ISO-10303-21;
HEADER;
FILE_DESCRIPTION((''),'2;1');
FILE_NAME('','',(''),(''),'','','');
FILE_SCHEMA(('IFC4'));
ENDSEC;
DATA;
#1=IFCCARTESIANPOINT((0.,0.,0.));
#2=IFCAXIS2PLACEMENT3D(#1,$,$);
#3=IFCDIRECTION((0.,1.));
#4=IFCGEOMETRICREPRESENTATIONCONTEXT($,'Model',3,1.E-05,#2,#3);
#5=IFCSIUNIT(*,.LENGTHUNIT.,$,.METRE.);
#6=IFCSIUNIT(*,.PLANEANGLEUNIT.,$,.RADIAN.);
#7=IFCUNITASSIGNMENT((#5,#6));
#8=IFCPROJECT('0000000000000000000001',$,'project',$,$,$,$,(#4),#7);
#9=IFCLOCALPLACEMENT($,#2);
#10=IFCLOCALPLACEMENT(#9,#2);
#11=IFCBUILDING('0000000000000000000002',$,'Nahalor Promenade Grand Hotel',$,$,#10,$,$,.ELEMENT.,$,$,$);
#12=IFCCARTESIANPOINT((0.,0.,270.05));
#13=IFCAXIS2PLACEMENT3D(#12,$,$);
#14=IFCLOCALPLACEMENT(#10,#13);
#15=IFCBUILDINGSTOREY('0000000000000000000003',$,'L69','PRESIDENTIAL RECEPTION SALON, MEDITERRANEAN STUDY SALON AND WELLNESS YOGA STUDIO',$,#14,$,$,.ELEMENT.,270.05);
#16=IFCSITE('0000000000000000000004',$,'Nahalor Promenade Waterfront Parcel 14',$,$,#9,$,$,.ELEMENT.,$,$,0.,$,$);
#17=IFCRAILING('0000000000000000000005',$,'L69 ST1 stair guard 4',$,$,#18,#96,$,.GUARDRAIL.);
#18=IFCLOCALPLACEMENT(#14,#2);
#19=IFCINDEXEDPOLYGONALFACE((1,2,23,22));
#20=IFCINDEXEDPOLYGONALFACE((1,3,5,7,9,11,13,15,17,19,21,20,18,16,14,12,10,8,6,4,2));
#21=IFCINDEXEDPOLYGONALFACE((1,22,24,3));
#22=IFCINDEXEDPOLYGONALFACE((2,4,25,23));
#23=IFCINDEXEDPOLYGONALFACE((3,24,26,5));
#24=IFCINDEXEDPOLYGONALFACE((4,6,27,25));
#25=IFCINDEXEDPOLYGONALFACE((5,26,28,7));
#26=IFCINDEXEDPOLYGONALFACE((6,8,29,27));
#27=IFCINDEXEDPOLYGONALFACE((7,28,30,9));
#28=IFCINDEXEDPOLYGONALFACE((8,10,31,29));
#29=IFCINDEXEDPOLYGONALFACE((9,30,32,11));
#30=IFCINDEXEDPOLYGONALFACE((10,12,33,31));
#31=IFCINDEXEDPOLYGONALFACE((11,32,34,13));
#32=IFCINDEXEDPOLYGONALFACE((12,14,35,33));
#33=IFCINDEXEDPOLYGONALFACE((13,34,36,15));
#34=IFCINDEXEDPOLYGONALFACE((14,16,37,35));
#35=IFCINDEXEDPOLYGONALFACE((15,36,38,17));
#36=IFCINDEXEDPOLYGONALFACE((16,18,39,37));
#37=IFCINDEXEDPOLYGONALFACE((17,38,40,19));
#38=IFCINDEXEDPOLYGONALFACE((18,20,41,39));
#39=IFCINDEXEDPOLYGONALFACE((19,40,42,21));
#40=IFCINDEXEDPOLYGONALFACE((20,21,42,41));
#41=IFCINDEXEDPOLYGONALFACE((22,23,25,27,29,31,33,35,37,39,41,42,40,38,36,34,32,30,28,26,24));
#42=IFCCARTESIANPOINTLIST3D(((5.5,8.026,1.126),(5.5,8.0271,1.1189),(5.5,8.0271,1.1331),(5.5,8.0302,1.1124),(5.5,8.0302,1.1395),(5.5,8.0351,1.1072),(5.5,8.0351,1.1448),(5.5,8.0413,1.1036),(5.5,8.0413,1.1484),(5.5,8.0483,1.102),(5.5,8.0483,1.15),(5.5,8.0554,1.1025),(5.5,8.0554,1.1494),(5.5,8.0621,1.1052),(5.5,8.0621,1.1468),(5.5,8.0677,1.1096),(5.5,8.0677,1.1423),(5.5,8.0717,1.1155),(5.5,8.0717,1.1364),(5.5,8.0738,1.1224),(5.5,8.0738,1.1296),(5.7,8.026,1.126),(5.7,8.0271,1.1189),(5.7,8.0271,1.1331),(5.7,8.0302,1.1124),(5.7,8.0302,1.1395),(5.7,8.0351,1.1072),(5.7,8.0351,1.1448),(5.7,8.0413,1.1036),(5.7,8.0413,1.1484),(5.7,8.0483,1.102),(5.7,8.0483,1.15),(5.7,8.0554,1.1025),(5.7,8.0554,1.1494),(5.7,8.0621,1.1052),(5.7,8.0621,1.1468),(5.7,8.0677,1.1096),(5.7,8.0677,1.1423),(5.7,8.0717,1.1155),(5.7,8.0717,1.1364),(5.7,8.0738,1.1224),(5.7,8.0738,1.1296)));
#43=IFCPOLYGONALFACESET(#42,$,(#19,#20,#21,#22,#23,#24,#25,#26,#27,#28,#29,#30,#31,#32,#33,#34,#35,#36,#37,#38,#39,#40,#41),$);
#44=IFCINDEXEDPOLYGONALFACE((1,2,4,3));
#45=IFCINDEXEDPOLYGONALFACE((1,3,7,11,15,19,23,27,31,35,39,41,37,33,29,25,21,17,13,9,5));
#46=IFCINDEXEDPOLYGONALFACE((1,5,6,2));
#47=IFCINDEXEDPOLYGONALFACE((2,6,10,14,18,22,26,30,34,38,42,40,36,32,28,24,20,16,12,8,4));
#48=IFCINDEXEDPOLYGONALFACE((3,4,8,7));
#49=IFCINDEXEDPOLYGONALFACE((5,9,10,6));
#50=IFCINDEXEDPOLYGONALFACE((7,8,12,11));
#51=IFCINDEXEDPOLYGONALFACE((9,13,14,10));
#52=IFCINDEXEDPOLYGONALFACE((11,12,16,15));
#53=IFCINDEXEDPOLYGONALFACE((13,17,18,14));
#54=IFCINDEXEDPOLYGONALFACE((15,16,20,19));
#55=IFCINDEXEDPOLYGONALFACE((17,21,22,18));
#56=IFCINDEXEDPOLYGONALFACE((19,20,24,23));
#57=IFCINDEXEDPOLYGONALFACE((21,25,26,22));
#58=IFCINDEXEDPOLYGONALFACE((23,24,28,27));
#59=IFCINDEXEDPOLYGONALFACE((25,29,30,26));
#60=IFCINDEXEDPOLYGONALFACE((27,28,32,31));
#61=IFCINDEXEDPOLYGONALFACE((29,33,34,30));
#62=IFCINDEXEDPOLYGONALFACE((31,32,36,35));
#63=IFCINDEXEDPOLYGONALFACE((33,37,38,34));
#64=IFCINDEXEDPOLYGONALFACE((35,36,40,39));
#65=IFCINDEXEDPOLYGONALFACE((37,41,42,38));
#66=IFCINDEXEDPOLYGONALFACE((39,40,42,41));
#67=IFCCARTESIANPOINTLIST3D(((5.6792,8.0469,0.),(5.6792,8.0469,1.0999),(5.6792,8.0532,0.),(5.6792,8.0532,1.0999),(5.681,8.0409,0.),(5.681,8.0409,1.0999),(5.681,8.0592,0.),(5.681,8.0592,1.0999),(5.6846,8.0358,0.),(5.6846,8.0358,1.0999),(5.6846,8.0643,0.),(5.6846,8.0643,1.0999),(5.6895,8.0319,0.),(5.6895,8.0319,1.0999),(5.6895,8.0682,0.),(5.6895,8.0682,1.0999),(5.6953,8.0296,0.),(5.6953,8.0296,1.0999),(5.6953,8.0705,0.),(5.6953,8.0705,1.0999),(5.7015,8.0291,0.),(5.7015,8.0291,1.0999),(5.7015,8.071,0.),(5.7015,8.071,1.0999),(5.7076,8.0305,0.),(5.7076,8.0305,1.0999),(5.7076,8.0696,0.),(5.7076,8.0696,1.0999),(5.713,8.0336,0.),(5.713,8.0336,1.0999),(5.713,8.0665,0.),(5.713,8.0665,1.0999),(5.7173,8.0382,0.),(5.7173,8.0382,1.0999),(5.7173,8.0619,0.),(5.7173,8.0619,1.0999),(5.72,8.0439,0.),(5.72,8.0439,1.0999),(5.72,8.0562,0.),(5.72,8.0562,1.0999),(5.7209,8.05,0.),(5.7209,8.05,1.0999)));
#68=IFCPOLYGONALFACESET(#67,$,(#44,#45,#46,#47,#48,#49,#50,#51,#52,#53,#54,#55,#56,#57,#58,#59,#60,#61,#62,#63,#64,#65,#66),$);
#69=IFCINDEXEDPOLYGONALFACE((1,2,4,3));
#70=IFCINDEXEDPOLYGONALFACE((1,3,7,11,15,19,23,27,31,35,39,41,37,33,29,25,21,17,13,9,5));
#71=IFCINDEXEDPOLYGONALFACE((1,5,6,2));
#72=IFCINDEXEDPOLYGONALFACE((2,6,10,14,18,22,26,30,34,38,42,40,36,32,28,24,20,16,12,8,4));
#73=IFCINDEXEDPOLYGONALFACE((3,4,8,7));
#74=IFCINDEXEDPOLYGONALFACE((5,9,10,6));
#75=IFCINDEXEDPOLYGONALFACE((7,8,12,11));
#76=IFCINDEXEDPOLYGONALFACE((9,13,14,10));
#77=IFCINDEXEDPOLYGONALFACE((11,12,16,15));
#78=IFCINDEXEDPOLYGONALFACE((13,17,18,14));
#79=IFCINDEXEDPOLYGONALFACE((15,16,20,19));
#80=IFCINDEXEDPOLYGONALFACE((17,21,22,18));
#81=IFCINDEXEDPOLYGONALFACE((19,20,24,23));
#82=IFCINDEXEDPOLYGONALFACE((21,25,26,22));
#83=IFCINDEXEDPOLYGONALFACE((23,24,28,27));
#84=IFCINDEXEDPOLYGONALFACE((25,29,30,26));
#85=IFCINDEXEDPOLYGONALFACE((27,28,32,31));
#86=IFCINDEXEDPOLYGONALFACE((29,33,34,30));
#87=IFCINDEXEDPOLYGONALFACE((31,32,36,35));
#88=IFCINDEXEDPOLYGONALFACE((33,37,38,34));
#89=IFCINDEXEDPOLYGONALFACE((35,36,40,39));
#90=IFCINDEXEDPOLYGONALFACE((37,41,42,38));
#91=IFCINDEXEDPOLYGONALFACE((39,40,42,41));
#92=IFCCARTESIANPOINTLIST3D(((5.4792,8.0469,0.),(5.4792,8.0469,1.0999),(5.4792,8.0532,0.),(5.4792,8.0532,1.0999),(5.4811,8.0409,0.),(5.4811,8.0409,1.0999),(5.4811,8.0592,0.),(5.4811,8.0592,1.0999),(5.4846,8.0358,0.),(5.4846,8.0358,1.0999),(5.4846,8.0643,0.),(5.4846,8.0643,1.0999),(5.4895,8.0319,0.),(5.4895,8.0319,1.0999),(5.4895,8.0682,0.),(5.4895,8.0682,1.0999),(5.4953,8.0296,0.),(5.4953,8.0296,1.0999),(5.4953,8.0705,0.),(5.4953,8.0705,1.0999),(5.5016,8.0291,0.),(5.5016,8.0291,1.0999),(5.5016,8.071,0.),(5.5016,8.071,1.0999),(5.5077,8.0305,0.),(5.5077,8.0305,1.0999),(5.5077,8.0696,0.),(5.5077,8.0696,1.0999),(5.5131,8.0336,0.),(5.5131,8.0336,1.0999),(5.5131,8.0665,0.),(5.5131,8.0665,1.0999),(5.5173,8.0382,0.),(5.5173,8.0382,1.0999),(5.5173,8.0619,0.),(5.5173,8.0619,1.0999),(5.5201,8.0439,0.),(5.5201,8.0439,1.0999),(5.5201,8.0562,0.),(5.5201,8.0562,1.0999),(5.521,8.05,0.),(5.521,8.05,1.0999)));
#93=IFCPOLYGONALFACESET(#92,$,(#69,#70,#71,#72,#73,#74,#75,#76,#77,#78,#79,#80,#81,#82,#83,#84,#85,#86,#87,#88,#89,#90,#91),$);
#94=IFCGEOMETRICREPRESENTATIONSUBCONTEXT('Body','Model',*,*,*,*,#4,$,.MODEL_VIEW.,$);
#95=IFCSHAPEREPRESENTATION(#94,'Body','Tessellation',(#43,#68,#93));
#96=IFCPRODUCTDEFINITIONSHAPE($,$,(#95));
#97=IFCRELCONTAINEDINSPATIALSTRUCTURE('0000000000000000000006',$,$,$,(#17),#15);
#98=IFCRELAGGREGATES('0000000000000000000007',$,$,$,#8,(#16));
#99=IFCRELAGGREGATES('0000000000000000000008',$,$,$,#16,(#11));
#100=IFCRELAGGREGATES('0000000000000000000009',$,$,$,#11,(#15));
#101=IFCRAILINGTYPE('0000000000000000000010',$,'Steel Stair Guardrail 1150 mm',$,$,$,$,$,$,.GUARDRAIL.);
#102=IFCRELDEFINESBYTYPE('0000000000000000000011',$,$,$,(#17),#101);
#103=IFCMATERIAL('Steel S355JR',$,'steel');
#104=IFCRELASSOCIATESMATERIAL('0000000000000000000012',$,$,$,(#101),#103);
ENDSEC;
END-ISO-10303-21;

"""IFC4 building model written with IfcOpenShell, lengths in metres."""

from ifc_helpers import new_model, si_unit, direction, frame, origin, origin_2d, place, context, subcontext, project, spatial, circle, extrude, material, type_object, element, save


model = new_model("IFC4")

# Units and contexts
model_context = context("Model", 3, precision=1e-05, world=origin(), true_north=direction((0.0, 1.0)))
body_context = subcontext(model_context, "Body", "Model", "MODEL_VIEW")
ifc_project = project(units=[si_unit("LENGTHUNIT", "METRE"), si_unit("PLANEANGLEUNIT", "RADIAN")], contexts=[model_context])

# Site, building, storey
site_placement = place(None, origin())
site = spatial("IfcSite", under=ifc_project, at=site_placement, Name="Nahalor Promenade Waterfront Parcel 14", CompositionType="ELEMENT", RefElevation=0.0)
building_placement = place(site_placement, origin())
building = spatial("IfcBuilding", under=site, at=building_placement, Name="Nahalor Promenade Grand Hotel", CompositionType="ELEMENT")
storey_placement = place(building_placement, frame((0.0, 0.0, 270.05)))
storey = spatial("IfcBuildingStorey", under=building, at=storey_placement, Name="L69", Description="PRESIDENTIAL RECEPTION SALON, MEDITERRANEAN STUDY SALON AND WELLNESS YOGA STUDIO", CompositionType="ELEMENT", Elevation=270.05)

# Shared definitions
ifc_material_1 = material(Name="Steel S355JR", Category="steel")

# Railing
railing_type_1 = type_object("IfcRailingType", Name="Steel Stair Guardrail 1150 mm", PredefinedType="GUARDRAIL", material=ifc_material_1)
railing_1_placement = place(storey_placement, frame((5.7, 8.05, 0.0)))
element("IfcRailing", 1, at=railing_1_placement, inside=storey, type_object=railing_type_1, Name="L69 ST1 stair guard 4", PredefinedType="GUARDRAIL", context=body_context, shape_type="SweptSolid", body=[
    extrude(circle(Radius=0.024, at=origin_2d()), frame((0.0, 0.0, 1.126), z_axis=(-1.0, 0.0, 0.0), x_axis=(0.0, -1.0, 0.0)), (0.0, 0.0, 1.0), 0.2),
    extrude(circle(Radius=0.021, at=origin_2d()), origin(), (0.0, 0.0, 1.0), 1.0999),
    extrude(circle(Radius=0.021, at=origin_2d()), frame((-0.2, 0.0, 0.0)), (0.0, 0.0, 1.0), 1.0999),
])

save(model, "model.ifc")
